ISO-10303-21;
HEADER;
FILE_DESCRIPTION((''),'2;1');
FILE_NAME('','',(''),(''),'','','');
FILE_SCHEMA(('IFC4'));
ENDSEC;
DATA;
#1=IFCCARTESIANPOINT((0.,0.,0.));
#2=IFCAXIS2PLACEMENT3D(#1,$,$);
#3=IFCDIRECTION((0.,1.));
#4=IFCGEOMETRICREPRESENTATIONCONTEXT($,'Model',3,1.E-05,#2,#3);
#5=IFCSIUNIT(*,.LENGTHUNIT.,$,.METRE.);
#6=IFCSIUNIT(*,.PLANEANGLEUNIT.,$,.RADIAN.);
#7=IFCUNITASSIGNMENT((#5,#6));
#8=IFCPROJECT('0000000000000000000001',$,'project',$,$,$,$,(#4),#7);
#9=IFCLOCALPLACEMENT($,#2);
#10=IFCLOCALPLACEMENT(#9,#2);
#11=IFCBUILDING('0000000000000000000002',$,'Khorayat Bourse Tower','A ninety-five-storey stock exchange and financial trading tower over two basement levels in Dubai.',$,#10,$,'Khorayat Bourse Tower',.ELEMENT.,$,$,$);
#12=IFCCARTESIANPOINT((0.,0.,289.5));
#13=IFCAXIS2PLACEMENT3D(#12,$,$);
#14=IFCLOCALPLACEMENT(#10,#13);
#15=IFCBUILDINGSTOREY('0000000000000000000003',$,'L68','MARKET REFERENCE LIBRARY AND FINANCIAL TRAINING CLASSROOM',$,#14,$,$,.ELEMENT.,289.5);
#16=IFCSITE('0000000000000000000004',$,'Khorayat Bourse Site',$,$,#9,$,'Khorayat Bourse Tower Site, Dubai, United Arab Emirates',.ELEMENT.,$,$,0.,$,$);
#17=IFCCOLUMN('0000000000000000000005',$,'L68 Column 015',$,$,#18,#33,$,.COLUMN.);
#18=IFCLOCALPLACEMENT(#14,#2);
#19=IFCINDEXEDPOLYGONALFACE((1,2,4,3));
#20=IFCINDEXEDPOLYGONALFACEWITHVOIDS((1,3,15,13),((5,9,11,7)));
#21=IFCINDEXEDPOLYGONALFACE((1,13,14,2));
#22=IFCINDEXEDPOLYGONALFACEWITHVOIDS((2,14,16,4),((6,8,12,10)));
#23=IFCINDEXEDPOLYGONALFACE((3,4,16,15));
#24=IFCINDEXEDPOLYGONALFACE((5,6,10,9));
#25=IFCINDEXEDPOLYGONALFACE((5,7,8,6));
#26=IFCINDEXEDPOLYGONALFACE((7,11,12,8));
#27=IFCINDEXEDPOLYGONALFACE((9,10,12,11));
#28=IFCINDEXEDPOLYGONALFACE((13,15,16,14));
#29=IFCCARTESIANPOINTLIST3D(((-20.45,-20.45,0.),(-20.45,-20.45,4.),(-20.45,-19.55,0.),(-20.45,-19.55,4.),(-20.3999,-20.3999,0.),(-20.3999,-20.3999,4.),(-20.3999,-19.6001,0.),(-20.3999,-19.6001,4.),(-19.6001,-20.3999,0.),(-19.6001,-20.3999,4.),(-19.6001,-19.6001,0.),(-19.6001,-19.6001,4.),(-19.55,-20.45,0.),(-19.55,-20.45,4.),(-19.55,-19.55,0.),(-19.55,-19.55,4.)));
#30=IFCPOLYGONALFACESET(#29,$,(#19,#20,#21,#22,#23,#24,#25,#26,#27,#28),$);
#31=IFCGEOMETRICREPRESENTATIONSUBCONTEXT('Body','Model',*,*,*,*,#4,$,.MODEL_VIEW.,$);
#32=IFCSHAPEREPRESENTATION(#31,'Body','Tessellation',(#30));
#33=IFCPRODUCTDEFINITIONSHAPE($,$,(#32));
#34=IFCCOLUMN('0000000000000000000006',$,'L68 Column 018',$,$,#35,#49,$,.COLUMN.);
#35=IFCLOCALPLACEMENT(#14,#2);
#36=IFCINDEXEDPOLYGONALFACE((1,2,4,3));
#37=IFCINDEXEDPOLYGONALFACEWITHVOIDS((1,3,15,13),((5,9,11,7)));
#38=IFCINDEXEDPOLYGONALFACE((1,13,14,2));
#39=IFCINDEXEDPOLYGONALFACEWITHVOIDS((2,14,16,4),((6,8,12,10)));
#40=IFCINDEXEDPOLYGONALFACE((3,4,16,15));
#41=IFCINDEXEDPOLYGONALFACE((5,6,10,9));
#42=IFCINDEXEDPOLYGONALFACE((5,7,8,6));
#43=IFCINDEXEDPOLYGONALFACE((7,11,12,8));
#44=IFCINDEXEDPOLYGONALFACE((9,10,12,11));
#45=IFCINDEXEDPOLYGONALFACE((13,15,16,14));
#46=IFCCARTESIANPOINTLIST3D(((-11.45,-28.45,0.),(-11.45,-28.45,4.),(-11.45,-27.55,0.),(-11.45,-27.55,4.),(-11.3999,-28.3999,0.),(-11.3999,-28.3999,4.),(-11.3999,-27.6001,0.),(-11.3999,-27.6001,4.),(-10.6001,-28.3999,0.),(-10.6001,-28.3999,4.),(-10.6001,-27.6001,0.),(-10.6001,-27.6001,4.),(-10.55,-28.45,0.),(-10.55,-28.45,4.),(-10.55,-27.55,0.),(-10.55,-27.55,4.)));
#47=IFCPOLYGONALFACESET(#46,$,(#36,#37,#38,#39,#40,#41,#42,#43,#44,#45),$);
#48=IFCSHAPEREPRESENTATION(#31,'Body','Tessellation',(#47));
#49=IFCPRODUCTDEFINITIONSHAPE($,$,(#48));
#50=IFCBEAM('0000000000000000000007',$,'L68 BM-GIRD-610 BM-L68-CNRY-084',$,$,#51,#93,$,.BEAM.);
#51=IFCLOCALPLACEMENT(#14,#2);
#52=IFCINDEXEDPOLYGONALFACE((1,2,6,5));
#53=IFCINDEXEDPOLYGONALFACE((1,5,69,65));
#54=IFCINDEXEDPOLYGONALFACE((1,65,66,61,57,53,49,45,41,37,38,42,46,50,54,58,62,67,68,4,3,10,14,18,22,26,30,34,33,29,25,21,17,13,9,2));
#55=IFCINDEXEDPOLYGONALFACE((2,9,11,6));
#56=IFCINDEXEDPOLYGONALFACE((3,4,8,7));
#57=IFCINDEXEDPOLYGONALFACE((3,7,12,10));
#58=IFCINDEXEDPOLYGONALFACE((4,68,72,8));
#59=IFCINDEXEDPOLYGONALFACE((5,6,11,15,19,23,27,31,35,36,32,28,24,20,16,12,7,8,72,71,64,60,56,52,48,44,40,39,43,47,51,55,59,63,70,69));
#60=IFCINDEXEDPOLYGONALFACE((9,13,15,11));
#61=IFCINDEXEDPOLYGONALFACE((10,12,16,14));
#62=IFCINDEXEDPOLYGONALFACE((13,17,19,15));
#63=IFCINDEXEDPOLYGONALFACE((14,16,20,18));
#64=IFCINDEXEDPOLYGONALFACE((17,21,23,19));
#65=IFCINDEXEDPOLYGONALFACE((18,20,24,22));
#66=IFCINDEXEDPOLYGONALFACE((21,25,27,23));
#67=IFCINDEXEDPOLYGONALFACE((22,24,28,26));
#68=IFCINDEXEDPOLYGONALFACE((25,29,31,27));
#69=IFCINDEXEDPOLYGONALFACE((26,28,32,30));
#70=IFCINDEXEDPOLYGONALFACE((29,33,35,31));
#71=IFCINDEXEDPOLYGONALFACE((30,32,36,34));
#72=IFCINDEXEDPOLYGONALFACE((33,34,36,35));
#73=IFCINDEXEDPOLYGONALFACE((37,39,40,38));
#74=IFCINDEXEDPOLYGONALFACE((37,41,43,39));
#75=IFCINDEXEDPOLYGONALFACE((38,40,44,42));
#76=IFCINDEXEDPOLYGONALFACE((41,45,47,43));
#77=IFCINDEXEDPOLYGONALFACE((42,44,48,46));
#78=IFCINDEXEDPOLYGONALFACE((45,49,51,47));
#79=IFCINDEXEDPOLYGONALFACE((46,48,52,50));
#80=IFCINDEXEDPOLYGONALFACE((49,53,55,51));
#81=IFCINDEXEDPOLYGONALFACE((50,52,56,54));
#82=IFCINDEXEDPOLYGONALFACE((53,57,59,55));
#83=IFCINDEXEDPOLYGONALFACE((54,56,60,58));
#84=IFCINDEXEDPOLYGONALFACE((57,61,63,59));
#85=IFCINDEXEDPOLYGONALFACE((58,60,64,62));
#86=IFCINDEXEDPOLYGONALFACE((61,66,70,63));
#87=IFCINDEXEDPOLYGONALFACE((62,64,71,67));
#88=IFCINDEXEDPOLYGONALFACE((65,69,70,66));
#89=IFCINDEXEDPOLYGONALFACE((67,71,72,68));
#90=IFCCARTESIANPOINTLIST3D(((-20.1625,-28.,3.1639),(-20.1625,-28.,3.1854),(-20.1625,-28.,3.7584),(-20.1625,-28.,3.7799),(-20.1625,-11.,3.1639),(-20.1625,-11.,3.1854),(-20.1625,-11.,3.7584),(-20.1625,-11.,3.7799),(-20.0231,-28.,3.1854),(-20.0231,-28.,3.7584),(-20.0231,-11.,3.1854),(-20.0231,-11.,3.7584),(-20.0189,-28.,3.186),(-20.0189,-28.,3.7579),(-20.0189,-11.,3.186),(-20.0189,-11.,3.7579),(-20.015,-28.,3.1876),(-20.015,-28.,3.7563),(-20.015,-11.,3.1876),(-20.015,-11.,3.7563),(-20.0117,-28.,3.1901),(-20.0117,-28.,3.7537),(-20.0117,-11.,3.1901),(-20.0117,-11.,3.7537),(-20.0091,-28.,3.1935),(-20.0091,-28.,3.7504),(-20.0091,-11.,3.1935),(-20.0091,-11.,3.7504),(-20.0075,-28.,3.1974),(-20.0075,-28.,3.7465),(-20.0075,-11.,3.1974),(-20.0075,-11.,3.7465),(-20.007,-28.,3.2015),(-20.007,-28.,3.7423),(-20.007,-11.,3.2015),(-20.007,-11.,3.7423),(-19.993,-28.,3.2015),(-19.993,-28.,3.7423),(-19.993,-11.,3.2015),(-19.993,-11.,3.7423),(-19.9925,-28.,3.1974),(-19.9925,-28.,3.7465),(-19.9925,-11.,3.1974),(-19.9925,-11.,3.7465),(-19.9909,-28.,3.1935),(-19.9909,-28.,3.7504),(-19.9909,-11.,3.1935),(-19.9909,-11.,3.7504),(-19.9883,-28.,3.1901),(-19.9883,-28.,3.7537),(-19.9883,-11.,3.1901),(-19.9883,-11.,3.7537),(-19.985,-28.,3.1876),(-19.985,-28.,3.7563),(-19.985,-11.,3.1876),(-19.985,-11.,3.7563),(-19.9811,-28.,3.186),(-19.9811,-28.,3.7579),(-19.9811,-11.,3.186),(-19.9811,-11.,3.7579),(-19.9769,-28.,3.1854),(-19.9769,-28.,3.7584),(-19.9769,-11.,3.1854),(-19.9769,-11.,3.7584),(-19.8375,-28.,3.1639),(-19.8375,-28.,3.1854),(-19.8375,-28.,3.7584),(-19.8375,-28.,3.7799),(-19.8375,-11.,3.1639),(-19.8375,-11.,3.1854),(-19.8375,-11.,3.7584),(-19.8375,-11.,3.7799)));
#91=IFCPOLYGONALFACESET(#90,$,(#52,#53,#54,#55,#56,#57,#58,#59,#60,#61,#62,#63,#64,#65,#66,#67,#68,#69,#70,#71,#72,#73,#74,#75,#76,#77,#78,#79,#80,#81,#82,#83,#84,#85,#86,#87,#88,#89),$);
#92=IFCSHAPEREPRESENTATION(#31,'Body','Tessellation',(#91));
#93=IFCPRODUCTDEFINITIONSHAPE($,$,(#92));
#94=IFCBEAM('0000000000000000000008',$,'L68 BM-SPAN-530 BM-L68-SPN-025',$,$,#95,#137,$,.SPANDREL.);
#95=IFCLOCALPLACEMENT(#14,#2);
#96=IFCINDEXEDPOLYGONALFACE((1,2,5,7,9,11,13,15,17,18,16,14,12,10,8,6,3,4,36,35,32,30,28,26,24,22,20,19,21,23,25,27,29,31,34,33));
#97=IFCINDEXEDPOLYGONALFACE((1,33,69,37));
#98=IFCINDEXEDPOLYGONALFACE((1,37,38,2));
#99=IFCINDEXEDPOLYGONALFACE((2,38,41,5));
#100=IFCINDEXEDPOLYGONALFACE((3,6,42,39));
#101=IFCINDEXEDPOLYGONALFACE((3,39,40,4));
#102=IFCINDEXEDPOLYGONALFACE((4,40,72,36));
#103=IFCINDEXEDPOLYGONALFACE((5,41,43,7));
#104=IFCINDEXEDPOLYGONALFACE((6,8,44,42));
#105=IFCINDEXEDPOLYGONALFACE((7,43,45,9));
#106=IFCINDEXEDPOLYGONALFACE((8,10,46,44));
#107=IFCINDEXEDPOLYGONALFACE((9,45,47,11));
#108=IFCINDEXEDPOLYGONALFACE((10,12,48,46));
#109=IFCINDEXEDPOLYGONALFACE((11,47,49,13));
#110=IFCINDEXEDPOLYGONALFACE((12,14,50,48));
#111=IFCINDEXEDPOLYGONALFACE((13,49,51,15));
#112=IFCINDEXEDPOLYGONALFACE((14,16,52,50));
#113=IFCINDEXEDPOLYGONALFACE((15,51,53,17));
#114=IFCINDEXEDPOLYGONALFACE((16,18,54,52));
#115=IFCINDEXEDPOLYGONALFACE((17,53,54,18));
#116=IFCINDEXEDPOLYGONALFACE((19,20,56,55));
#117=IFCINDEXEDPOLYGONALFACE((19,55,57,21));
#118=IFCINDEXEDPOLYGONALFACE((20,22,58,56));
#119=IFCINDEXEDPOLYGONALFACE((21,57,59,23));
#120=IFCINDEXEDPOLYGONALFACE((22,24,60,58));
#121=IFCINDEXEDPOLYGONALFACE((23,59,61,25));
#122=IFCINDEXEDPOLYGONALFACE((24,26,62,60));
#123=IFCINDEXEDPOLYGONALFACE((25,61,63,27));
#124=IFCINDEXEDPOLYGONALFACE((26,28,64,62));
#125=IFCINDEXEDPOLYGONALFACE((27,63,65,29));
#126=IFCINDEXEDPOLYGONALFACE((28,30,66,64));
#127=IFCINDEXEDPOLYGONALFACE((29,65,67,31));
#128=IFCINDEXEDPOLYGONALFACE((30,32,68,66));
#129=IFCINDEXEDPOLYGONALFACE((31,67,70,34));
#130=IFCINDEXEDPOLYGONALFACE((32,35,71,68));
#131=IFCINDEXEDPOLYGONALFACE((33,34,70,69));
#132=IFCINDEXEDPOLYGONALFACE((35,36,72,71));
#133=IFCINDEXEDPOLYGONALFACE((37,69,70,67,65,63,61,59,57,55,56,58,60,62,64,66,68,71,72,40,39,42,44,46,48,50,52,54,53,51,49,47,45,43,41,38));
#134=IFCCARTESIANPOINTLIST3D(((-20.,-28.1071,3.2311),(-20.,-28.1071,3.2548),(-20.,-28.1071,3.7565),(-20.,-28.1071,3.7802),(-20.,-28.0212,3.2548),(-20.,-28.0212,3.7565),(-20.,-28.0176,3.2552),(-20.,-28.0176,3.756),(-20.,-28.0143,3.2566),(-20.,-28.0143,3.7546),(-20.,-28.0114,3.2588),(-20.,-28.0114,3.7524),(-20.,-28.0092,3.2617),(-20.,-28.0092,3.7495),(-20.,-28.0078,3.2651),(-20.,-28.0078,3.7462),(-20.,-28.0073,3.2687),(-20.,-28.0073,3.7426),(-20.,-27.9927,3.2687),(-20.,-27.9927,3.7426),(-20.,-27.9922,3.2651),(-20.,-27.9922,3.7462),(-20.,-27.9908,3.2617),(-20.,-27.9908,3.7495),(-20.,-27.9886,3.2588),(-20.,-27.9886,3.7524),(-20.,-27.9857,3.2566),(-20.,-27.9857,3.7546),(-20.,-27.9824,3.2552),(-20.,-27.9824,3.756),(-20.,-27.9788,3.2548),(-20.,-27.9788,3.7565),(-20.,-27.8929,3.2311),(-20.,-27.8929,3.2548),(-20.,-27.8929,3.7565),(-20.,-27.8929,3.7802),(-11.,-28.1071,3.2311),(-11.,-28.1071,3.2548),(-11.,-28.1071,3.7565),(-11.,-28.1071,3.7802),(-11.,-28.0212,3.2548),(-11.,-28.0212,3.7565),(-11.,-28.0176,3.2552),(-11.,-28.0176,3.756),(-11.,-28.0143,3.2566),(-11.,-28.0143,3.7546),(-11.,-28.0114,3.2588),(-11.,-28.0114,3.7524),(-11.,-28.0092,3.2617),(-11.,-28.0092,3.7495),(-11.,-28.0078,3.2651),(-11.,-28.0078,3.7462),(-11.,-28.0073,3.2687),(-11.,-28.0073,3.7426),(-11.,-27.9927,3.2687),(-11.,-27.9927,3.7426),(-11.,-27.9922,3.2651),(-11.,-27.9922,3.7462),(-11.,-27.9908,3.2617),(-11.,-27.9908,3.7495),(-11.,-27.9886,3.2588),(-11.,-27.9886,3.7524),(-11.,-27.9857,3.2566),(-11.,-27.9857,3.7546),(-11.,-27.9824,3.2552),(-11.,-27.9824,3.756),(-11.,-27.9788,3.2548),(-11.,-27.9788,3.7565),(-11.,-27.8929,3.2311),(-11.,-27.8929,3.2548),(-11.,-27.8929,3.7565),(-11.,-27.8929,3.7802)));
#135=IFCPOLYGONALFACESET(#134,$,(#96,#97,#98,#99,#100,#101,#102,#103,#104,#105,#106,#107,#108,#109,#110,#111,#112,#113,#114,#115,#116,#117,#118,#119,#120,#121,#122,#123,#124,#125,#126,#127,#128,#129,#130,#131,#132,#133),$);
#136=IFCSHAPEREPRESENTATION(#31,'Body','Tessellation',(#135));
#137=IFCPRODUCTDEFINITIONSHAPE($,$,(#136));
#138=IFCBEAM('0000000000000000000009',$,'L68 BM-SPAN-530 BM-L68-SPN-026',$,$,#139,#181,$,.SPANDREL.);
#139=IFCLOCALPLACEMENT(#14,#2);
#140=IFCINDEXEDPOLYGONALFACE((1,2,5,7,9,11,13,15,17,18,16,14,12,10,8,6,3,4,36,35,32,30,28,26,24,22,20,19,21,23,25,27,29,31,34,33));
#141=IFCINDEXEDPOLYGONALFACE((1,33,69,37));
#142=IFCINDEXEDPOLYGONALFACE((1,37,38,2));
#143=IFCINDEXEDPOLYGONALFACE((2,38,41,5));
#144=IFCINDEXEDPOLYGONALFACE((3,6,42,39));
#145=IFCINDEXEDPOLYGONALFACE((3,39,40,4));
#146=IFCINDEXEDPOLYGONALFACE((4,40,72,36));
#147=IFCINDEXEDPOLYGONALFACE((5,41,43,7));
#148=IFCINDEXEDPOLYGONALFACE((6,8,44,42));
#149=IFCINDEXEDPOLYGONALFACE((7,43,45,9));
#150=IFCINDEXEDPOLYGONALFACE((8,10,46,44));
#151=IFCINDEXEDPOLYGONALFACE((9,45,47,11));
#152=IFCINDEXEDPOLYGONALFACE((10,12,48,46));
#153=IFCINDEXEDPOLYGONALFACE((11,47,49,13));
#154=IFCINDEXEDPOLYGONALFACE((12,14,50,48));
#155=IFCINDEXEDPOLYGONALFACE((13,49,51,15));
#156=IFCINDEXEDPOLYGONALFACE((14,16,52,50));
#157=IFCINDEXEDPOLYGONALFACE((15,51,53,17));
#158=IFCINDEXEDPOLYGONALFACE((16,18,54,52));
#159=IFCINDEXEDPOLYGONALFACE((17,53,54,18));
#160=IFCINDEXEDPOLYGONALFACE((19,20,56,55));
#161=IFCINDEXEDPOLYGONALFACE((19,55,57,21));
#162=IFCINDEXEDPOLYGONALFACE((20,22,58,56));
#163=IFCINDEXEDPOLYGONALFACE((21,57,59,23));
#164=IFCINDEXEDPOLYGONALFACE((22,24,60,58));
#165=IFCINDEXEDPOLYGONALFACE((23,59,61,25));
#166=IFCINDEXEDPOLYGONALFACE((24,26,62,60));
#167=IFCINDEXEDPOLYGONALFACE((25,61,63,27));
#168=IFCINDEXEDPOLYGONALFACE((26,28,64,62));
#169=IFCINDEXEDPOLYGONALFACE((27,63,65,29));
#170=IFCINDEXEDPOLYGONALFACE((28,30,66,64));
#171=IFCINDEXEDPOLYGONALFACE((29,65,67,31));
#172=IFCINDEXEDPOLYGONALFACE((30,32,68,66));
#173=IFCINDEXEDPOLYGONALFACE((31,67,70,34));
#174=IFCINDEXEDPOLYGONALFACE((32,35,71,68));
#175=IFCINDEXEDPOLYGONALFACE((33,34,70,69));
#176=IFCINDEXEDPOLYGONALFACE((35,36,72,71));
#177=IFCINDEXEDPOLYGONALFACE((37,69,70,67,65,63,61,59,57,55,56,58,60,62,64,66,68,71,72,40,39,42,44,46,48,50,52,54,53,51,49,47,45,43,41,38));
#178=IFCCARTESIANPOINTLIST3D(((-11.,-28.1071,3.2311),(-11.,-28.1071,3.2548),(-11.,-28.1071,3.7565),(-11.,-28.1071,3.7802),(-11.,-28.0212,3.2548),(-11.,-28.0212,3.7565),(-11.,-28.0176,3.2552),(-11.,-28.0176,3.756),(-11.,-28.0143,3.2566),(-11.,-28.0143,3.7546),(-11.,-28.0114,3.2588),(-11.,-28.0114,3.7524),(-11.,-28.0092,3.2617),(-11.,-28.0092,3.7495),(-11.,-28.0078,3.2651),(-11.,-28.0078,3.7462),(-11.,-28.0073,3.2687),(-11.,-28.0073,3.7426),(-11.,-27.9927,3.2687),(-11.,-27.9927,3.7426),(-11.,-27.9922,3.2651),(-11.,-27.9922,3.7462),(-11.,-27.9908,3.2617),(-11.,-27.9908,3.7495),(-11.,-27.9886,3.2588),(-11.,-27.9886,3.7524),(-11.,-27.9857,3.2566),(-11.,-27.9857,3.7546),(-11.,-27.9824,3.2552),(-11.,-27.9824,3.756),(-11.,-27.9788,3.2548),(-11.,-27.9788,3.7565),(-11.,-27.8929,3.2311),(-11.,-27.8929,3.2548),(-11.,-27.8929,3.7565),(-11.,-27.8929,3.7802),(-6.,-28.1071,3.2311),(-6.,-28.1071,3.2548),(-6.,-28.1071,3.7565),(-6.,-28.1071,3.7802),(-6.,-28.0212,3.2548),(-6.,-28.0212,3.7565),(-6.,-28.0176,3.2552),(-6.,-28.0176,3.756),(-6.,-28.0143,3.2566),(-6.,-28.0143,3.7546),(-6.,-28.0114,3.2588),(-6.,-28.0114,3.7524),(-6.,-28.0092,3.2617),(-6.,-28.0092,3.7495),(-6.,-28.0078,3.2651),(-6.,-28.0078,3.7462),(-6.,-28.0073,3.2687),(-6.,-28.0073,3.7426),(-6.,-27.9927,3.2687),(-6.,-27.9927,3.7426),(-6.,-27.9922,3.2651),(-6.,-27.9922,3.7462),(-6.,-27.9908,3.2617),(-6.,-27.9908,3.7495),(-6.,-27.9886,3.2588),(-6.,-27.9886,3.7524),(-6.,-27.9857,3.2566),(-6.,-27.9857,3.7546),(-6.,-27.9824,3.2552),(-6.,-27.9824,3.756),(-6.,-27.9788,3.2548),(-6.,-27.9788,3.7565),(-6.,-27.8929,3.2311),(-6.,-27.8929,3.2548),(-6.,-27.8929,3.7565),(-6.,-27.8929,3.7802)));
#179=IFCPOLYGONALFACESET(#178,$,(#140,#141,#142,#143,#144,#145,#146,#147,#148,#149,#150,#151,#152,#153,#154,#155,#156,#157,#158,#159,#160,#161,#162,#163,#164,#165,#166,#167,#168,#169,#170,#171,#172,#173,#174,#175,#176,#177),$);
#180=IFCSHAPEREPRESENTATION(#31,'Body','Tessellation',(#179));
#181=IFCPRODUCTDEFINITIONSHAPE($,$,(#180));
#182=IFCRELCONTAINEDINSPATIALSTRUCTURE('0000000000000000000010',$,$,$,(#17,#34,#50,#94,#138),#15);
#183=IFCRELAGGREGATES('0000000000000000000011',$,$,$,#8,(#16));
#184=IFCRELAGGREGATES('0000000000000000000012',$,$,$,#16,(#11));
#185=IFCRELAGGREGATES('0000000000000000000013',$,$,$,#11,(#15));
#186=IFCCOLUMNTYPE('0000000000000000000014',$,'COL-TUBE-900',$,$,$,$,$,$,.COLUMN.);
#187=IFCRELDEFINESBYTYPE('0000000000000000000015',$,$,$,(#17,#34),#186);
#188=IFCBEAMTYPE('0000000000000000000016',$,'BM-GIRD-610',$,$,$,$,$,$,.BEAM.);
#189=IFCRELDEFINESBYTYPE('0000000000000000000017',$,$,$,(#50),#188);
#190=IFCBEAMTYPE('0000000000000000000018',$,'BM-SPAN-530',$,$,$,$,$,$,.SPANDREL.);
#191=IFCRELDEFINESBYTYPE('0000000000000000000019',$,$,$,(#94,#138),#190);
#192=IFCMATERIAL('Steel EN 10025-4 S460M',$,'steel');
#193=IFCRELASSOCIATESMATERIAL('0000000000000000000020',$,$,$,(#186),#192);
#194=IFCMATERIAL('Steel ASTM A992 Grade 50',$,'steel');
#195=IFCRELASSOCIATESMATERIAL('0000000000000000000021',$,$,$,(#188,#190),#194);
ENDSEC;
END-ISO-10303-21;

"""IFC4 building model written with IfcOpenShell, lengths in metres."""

from ifc_helpers import new_model, si_unit, direction, frame, origin, origin_2d, place, context, subcontext, project, spatial, hollow_rectangle, i_section, extrude, source, transform, mapped, material, material_profile, profile_set, type_object, element, save


model = new_model("IFC4")

# Units and contexts
model_context = context("Model", 3, precision=1e-05, world=origin(), true_north=direction((0.0, 1.0)))
body_context = subcontext(model_context, "Body", "Model", "MODEL_VIEW")
ifc_project = project(units=[si_unit("LENGTHUNIT", "METRE"), si_unit("PLANEANGLEUNIT", "RADIAN")], contexts=[model_context])

# Site, building, storey
site_placement = place(None, origin())
site = spatial("IfcSite", under=ifc_project, at=site_placement, Name="Khorayat Bourse Site", LongName="Khorayat Bourse Tower Site, Dubai, United Arab Emirates", CompositionType="ELEMENT", RefElevation=0.0)
building_placement = place(site_placement, origin())
building = spatial("IfcBuilding", under=site, at=building_placement, Name="Khorayat Bourse Tower", Description="A ninety-five-storey stock exchange and financial trading tower over two basement levels in Dubai.", LongName="Khorayat Bourse Tower", CompositionType="ELEMENT")
storey_placement = place(building_placement, frame((0.0, 0.0, 289.5)))
storey = spatial("IfcBuildingStorey", under=building, at=storey_placement, Name="L68", Description="MARKET REFERENCE LIBRARY AND FINANCIAL TRAINING CLASSROOM", CompositionType="ELEMENT", Elevation=289.5)

# Columns
ifc_material_1 = material(Name="Steel EN 10025-4 S460M", Category="steel")
ifc_material_profile_1 = material_profile(ifc_material_1, hollow_rectangle(XDim=0.8999, YDim=0.8999, WallThickness=0.05, at=origin_2d()), Name="BOX 900x900x50")
ifc_profile_set_1 = profile_set([ifc_material_profile_1], Name="Steel EN 10025-4 S460M")
column_type = type_object("IfcColumnType", Name="COL-TUBE-900", PredefinedType="COLUMN", material=ifc_profile_set_1)
shared_shape_1 = source(origin(), body_context, "Body", "SweptSolid", [
    extrude(hollow_rectangle(XDim=0.8999, YDim=0.8999, WallThickness=0.05, at=origin_2d()), origin(), (0.0, 0.0, 1.0), 4.0),
])
for number, where, z_axis, x_axis, name in (
    (1, (-20.0, -20.0, 0.0), (0.0, 0.0, 1.0), (1.0, 0.0, 0.0), "L68 Column 015"),
    (2, (-11.0, -28.0, 0.0), (0.0, 0.0, 1.0), (1.0, 0.0, 0.0), "L68 Column 018"),
):
    element("IfcColumn", number, at=place(storey_placement, frame(where, z_axis=z_axis, x_axis=x_axis)), inside=storey, type_object=column_type, Name=name, PredefinedType="COLUMN", context=body_context, shape_type="MappedRepresentation", body=[
        mapped(shared_shape_1, transform((0.0, 0.0, 0.0), scale=1.0)),
    ])

# Beams
ifc_material_2 = material(Name="Steel ASTM A992 Grade 50", Category="steel")
ifc_material_profile_2 = material_profile(ifc_material_2, i_section(OverallWidth=0.325, OverallDepth=0.616, WebThickness=0.0139, FlangeThickness=0.0215, FilletRadius=0.0161, at=origin_2d()), Name="W610X174")
ifc_profile_set_2 = profile_set([ifc_material_profile_2], Name="Steel ASTM A992 Grade 50")
beam_type_1 = type_object("IfcBeamType", Name="BM-GIRD-610", PredefinedType="BEAM", material=ifc_profile_set_2)
shared_shape_2 = source(origin(), body_context, "Body", "SweptSolid", [
    extrude(i_section(OverallWidth=0.325, OverallDepth=0.616, WebThickness=0.0139, FlangeThickness=0.0215, FilletRadius=0.0161, at=origin_2d()), origin(), (0.0, 0.0, 1.0), 17.0),
])
beam_1_placement = place(storey_placement, frame((-20.0, -28.0, 3.4719), z_axis=(0.0, 1.0, 0.0), x_axis=(-1.0, 0.0, 0.0)))
element("IfcBeam", 3, at=beam_1_placement, inside=storey, type_object=beam_type_1, Name="L68 BM-GIRD-610 BM-L68-CNRY-084", PredefinedType="BEAM", context=body_context, shape_type="MappedRepresentation", body=[
    mapped(shared_shape_2, transform((0.0, 0.0, 0.0), scale=1.0)),
])
ifc_material_profile_3 = material_profile(ifc_material_2, i_section(OverallWidth=0.2141, OverallDepth=0.5491, WebThickness=0.0146, FlangeThickness=0.0237, FilletRadius=0.0139, at=origin_2d()), Name="W530X138")
ifc_profile_set_3 = profile_set([ifc_material_profile_3], Name="Steel ASTM A992 Grade 50")
beam_type_2 = type_object("IfcBeamType", Name="BM-SPAN-530", PredefinedType="SPANDREL", material=ifc_profile_set_3)
shared_shape_3 = source(origin(), body_context, "Body", "SweptSolid", [
    extrude(i_section(OverallWidth=0.2141, OverallDepth=0.5491, WebThickness=0.0146, FlangeThickness=0.0237, FilletRadius=0.0139, at=origin_2d()), origin(), (0.0, 0.0, 1.0), 9.0),
])
beam_2_placement = place(storey_placement, frame((-20.0, -28.0, 3.5056), z_axis=(1.0, 0.0, 0.0), x_axis=(0.0, 1.0, 0.0)))
element("IfcBeam", 4, at=beam_2_placement, inside=storey, type_object=beam_type_2, Name="L68 BM-SPAN-530 BM-L68-SPN-025", PredefinedType="SPANDREL", context=body_context, shape_type="MappedRepresentation", body=[
    mapped(shared_shape_3, transform((0.0, 0.0, 0.0), scale=1.0)),
])
shared_shape_4 = source(origin(), body_context, "Body", "SweptSolid", [
    extrude(i_section(OverallWidth=0.2141, OverallDepth=0.5491, WebThickness=0.0146, FlangeThickness=0.0237, FilletRadius=0.0139, at=origin_2d()), origin(), (0.0, 0.0, 1.0), 5.0),
])
beam_3_placement = place(storey_placement, frame((-11.0, -28.0, 3.5056), z_axis=(1.0, 0.0, 0.0), x_axis=(0.0, 1.0, 0.0)))
element("IfcBeam", 5, at=beam_3_placement, inside=storey, type_object=beam_type_2, Name="L68 BM-SPAN-530 BM-L68-SPN-026", PredefinedType="SPANDREL", context=body_context, shape_type="MappedRepresentation", body=[
    mapped(shared_shape_4, transform((0.0, 0.0, 0.0), scale=1.0)),
])

save(model, "model.ifc")
